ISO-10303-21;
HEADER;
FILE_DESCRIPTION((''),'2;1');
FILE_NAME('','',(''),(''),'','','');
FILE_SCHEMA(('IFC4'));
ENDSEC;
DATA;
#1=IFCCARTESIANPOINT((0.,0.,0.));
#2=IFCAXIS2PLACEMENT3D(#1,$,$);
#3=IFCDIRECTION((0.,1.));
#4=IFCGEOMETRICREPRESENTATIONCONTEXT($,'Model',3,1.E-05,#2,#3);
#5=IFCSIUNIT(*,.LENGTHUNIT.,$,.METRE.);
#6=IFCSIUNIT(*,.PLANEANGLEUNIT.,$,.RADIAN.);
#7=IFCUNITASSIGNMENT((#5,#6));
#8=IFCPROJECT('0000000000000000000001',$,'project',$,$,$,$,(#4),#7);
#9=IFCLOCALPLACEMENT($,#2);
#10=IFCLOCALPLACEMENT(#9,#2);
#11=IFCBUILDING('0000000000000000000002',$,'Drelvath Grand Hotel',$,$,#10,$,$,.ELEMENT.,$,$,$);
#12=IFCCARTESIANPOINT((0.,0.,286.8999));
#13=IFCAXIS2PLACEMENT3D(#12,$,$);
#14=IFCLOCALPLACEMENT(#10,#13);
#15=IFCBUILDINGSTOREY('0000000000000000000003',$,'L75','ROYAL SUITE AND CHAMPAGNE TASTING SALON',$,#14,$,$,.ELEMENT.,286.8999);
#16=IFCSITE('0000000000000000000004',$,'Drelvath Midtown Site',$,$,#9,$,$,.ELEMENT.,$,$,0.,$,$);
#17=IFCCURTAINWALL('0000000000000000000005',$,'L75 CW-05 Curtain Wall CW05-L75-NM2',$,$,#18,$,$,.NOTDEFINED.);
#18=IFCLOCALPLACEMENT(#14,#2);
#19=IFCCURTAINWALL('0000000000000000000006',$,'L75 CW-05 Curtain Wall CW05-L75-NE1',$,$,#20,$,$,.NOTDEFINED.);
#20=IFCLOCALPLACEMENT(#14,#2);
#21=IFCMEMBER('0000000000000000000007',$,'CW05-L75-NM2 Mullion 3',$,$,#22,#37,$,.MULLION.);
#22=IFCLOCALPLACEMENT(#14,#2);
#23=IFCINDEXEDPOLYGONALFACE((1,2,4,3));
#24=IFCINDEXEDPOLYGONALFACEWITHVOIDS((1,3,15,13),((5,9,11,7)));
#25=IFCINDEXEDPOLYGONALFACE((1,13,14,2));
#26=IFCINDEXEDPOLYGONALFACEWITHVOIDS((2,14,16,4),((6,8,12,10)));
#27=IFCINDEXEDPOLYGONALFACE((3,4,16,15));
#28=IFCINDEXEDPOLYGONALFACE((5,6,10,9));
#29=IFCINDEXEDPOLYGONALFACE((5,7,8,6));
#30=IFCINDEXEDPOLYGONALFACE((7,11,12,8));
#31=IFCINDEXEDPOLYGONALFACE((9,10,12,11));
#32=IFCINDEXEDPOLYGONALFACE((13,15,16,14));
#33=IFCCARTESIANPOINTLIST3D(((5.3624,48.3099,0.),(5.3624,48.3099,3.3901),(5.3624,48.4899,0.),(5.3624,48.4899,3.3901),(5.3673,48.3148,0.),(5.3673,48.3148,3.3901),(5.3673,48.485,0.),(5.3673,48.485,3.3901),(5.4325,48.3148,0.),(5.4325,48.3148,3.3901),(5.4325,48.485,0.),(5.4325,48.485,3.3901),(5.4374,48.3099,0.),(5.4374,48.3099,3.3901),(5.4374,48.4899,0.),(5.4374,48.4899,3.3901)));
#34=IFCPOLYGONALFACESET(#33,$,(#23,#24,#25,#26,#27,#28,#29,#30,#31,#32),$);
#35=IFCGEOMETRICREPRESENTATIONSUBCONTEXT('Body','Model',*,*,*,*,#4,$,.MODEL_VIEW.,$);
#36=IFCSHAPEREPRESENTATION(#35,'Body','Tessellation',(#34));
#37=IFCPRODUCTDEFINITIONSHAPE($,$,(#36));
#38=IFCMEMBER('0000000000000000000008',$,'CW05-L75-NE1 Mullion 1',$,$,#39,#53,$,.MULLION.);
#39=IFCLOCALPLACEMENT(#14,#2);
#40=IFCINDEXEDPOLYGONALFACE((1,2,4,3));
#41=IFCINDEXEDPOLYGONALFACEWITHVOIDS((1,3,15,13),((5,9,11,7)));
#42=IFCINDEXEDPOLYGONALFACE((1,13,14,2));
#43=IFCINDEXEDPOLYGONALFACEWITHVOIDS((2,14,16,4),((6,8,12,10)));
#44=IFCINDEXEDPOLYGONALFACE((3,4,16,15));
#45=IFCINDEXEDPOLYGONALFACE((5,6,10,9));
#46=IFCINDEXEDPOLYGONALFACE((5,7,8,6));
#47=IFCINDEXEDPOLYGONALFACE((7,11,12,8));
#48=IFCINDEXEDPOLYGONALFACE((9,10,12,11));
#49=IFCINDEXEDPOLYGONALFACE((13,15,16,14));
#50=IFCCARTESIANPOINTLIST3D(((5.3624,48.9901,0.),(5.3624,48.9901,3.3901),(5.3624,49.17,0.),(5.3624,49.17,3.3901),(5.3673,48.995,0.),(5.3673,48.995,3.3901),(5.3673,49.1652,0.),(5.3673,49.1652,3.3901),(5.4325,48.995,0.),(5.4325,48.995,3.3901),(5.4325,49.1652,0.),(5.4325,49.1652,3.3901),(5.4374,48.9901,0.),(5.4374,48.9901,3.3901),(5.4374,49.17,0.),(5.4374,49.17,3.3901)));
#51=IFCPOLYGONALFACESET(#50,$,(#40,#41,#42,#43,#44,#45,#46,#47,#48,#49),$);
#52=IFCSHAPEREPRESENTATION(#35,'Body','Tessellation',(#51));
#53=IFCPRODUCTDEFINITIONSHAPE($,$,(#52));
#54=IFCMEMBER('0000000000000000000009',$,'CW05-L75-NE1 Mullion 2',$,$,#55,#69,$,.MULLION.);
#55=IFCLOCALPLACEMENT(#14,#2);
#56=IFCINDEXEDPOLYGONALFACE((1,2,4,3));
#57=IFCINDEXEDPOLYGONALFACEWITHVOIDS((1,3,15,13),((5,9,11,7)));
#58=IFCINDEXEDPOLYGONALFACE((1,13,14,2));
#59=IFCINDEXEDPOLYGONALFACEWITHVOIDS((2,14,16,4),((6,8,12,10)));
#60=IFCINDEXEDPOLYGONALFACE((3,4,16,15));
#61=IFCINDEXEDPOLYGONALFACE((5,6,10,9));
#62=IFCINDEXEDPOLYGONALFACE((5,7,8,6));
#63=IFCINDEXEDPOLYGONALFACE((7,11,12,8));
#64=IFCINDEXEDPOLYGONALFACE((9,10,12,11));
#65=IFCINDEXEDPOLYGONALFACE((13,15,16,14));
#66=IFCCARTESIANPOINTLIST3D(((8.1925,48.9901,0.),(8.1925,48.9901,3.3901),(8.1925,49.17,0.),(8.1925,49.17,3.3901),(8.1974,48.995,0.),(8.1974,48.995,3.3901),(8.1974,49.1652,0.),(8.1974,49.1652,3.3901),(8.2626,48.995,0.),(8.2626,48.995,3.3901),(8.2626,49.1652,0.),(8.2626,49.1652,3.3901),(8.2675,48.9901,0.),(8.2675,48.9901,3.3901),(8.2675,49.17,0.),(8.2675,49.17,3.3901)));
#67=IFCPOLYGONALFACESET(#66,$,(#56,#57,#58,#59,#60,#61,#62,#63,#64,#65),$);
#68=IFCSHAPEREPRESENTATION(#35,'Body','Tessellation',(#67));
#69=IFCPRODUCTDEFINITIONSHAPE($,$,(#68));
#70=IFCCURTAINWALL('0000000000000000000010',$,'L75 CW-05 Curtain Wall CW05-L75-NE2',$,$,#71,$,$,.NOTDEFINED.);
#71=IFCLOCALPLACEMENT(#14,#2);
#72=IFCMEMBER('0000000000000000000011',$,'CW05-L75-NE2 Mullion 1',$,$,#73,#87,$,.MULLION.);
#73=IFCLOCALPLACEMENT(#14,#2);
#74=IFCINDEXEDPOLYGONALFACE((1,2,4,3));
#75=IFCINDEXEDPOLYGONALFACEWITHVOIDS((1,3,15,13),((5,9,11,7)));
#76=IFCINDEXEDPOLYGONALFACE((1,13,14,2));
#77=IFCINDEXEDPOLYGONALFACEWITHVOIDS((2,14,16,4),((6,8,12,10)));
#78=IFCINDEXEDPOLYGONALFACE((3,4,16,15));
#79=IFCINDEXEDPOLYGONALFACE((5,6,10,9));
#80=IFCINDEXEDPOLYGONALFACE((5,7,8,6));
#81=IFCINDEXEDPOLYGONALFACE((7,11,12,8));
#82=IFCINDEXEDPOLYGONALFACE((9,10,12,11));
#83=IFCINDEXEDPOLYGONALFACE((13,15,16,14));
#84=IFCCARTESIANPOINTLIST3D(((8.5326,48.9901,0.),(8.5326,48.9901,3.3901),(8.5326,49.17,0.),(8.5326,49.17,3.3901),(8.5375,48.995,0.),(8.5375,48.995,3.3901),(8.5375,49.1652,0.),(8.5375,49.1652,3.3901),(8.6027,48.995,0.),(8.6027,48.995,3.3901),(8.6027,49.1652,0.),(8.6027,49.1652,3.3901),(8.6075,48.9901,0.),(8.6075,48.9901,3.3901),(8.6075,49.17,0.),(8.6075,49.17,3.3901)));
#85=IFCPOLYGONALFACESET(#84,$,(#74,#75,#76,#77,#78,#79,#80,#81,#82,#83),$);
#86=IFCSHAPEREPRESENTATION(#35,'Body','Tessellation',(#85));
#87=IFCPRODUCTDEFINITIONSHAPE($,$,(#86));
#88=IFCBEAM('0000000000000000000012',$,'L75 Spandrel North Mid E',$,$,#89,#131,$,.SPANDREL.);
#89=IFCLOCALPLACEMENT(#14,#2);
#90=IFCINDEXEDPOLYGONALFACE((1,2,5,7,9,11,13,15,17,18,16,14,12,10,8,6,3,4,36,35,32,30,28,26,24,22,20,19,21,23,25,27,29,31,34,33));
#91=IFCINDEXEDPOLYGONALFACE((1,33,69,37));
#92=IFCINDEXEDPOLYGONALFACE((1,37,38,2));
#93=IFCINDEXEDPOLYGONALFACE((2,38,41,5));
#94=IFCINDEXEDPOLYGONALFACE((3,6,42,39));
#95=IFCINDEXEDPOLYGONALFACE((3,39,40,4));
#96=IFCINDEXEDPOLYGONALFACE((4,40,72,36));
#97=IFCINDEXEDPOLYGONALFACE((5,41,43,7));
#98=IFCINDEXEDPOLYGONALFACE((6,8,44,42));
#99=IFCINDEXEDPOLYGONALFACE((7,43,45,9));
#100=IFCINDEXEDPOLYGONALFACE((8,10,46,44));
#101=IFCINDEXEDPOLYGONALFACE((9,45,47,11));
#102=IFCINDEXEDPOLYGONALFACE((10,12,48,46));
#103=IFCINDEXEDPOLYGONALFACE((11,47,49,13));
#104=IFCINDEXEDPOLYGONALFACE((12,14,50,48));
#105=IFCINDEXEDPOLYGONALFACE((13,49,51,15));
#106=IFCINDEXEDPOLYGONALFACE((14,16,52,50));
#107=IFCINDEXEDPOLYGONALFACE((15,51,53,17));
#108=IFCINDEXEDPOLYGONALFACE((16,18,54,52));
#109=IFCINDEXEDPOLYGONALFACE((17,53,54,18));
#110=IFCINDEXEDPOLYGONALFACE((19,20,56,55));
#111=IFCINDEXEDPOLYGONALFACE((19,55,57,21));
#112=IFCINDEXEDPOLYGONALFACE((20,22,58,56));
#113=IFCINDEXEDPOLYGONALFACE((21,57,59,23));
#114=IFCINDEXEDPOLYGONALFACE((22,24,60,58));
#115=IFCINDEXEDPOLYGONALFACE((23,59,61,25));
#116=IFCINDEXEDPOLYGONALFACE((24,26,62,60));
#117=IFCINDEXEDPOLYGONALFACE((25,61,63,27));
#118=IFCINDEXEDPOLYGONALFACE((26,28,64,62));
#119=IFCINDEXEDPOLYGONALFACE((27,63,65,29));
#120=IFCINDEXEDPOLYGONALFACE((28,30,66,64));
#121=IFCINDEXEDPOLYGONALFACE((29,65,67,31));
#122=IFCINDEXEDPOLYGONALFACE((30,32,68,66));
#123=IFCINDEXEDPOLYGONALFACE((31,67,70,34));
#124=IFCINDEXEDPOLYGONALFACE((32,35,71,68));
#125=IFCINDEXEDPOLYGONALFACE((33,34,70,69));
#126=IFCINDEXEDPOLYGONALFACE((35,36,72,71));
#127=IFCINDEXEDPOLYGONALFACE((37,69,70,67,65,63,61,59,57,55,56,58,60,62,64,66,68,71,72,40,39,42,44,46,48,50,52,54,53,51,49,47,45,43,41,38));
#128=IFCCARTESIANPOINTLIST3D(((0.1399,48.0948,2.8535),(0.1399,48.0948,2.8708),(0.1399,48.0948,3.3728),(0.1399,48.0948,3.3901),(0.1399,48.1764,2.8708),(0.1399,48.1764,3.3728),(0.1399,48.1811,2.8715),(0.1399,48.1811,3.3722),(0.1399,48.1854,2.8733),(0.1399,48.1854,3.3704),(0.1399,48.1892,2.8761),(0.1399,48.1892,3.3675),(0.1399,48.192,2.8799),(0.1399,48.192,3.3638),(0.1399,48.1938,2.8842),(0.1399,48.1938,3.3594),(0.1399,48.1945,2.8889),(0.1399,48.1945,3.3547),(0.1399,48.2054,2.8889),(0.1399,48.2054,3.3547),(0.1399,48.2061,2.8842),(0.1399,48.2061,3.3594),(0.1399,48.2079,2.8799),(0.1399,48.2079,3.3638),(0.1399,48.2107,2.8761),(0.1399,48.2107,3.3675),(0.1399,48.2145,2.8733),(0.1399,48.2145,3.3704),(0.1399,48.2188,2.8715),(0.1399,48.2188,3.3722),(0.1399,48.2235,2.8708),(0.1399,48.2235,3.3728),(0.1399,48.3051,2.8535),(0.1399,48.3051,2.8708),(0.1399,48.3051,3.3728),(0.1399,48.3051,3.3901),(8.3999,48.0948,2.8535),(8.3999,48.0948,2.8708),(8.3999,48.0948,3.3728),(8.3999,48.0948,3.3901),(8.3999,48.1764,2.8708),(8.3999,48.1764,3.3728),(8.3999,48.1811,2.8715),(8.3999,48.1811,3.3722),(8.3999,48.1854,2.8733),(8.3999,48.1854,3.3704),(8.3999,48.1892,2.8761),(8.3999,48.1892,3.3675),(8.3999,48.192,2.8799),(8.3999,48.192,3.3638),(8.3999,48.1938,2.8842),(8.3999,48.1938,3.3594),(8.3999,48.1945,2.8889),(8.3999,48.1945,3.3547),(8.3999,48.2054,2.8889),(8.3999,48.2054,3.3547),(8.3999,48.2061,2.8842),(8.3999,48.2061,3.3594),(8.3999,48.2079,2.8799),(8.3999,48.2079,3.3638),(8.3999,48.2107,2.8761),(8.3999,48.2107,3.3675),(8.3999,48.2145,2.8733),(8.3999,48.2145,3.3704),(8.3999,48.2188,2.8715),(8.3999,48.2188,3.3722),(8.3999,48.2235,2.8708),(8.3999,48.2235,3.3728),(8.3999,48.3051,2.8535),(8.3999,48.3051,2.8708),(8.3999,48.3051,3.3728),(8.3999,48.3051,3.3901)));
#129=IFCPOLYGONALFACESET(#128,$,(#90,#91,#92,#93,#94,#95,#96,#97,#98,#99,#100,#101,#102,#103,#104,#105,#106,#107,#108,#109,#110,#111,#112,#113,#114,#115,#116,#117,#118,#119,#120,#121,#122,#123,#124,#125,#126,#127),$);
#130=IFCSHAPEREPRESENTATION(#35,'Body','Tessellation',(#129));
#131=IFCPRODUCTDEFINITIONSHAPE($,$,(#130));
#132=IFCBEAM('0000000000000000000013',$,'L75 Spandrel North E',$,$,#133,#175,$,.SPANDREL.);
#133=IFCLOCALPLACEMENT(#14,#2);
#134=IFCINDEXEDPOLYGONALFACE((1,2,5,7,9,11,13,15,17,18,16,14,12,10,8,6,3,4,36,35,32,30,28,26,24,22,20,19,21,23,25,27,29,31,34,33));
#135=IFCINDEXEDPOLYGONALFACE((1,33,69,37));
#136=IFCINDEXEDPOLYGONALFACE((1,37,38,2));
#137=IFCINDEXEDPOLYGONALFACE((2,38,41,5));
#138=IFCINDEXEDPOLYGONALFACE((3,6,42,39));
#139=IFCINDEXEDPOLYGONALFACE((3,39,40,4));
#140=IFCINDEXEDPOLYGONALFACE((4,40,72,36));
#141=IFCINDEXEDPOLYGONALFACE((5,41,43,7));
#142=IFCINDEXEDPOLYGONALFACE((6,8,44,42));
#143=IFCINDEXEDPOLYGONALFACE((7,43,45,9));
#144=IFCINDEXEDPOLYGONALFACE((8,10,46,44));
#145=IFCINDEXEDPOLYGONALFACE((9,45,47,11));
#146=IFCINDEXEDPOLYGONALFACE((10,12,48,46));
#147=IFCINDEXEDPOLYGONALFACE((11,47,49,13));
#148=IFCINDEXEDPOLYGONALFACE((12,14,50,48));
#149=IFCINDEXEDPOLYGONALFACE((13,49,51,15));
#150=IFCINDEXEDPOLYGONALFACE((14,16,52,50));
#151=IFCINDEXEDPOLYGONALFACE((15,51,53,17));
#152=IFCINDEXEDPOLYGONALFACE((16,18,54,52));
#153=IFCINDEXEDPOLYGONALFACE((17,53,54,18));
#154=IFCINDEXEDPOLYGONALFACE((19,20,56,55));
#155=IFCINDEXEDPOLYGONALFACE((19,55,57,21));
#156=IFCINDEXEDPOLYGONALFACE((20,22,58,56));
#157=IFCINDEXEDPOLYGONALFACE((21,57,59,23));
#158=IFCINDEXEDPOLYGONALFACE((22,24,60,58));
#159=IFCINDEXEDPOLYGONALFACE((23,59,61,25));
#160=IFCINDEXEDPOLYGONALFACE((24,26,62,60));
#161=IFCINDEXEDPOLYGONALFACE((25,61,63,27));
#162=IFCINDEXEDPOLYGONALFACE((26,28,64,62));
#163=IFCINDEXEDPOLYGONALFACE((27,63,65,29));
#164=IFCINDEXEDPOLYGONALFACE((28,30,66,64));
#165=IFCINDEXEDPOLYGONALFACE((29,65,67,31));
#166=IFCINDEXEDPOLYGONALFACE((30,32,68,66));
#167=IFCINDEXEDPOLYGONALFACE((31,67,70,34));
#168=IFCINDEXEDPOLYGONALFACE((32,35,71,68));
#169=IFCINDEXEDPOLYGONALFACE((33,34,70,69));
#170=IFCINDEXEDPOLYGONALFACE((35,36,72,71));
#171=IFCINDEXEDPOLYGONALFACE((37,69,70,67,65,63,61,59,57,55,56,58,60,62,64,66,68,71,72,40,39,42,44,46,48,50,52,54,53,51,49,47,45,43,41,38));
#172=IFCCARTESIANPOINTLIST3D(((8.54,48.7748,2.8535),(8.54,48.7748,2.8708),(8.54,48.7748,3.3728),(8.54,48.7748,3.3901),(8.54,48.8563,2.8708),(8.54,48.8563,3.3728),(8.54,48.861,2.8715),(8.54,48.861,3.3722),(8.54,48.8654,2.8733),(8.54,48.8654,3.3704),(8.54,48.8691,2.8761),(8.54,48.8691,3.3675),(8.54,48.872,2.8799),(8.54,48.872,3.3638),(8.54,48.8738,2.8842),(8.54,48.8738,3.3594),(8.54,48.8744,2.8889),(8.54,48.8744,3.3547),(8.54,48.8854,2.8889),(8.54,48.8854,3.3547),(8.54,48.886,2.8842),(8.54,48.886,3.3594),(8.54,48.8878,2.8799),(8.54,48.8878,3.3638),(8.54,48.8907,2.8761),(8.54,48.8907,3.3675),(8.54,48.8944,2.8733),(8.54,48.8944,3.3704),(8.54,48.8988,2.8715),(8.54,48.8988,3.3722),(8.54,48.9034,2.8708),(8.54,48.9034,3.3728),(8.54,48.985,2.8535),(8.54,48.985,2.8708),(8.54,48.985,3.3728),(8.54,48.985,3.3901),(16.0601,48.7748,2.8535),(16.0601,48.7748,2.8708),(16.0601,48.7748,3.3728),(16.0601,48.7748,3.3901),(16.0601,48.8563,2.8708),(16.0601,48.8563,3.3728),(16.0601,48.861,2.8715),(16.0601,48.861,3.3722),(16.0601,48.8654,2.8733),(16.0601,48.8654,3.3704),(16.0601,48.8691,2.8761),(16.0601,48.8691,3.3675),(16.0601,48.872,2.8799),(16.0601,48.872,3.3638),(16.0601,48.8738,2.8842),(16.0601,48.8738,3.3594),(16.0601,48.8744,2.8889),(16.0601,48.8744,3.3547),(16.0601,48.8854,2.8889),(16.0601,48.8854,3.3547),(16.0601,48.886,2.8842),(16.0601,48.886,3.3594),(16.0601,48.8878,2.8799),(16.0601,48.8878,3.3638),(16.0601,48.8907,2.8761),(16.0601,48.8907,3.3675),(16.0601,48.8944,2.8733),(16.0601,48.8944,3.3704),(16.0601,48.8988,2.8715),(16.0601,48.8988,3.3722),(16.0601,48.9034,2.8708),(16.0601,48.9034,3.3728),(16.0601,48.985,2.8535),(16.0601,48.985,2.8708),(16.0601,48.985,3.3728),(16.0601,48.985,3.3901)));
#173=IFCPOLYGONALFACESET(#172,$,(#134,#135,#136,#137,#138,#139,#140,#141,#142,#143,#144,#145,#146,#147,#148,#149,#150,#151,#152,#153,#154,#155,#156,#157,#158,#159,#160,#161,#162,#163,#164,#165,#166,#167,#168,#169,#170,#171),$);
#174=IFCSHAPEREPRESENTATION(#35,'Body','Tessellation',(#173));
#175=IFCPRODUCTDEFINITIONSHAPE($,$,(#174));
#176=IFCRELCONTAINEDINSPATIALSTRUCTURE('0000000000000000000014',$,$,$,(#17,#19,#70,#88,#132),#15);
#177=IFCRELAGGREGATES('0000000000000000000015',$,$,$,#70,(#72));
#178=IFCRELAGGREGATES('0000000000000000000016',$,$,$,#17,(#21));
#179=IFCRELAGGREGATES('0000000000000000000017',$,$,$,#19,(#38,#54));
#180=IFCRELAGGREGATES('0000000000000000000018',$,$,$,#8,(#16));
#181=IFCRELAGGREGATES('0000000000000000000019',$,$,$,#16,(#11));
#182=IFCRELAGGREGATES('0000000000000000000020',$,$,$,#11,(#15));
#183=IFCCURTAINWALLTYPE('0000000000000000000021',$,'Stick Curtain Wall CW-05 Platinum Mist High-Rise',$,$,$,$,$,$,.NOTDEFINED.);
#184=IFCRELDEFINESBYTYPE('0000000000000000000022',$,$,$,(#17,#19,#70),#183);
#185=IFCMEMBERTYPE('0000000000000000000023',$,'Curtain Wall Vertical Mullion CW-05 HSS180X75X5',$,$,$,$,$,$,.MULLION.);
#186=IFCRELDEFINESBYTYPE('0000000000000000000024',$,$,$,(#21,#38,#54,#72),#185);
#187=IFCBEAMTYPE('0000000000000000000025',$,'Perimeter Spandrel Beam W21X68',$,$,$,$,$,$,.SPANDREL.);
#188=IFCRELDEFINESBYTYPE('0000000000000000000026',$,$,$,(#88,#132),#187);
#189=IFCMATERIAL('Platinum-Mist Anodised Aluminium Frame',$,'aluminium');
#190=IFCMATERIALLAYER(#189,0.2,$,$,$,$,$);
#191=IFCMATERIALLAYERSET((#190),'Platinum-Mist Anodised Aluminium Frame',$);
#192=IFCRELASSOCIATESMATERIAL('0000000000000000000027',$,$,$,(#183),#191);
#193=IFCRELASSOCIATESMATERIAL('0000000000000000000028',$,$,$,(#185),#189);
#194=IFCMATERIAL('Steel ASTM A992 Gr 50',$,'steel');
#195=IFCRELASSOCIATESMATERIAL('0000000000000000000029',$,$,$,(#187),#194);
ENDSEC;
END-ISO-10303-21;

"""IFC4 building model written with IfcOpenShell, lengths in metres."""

from ifc_helpers import new_model, si_unit, direction, frame, origin, origin_2d, place, context, subcontext, project, spatial, hollow_rectangle, i_section, extrude, material, layer, layer_set, material_profile, profile_set, type_object, element, aggregate, save


model = new_model("IFC4")

# Units and contexts
model_context = context("Model", 3, precision=1e-05, world=origin(), true_north=direction((0.0, 1.0)))
body_context = subcontext(model_context, "Body", "Model", "MODEL_VIEW")
ifc_project = project(units=[si_unit("LENGTHUNIT", "METRE"), si_unit("PLANEANGLEUNIT", "RADIAN")], contexts=[model_context])

# Site, building, storey
site_placement = place(None, origin())
site = spatial("IfcSite", under=ifc_project, at=site_placement, Name="Drelvath Midtown Site", CompositionType="ELEMENT", RefElevation=0.0)
building_placement = place(site_placement, origin())
building = spatial("IfcBuilding", under=site, at=building_placement, Name="Drelvath Grand Hotel", CompositionType="ELEMENT")
storey_placement = place(building_placement, frame((0.0, 0.0, 286.8999)))
storey = spatial("IfcBuildingStorey", under=building, at=storey_placement, Name="L75", Description="ROYAL SUITE AND CHAMPAGNE TASTING SALON", CompositionType="ELEMENT", Elevation=286.8999)

# Curtain walls
ifc_material_1 = material(Name="Platinum-Mist Anodised Aluminium Frame", Category="aluminium")
ifc_layer_1 = layer(ifc_material_1, 0.2)
ifc_layer_set_1 = layer_set([ifc_layer_1], Name="Platinum-Mist Anodised Aluminium Frame")
curtain_wall_type = type_object("IfcCurtainWallType", Name="Stick Curtain Wall CW-05 Platinum Mist High-Rise", PredefinedType="NOTDEFINED", material=ifc_layer_set_1)
curtain_wall_1_placement = place(storey_placement, origin())
curtain_wall_1 = element("IfcCurtainWall", 1, at=curtain_wall_1_placement, inside=storey, type_object=curtain_wall_type, Name="L75 CW-05 Curtain Wall CW05-L75-NM2", PredefinedType="NOTDEFINED")
curtain_wall_2_placement = place(storey_placement, origin())
curtain_wall_2 = element("IfcCurtainWall", 2, at=curtain_wall_2_placement, inside=storey, type_object=curtain_wall_type, Name="L75 CW-05 Curtain Wall CW05-L75-NE1", PredefinedType="NOTDEFINED")
ifc_material_profile_1 = material_profile(ifc_material_1, hollow_rectangle(XDim=0.075, YDim=0.1799, WallThickness=0.0049, at=origin_2d()), Name="HSS180X75X5")
ifc_profile_set_1 = profile_set([ifc_material_profile_1], Name="Platinum-Mist Anodised Aluminium Frame")
member_type_1 = type_object("IfcMemberType", Name="Curtain Wall Vertical Mullion CW-05 HSS180X75X5", PredefinedType="MULLION", material=ifc_profile_set_1)

# Members
member_1_placement = place(storey_placement, frame((5.3999, 48.3999, 0.0), z_axis=(0.0, 0.0, 1.0), x_axis=(1.0, 0.0, 0.0)))
member_1 = element("IfcMember", 3, at=member_1_placement, type_object=member_type_1, Name="CW05-L75-NM2 Mullion 3", PredefinedType="MULLION", context=body_context, shape_type="SweptSolid", body=[
    extrude(hollow_rectangle(XDim=0.075, YDim=0.1799, WallThickness=0.0049, at=origin_2d()), origin(), (0.0, 0.0, 1.0), 3.3901),
])
member_2_placement = place(storey_placement, frame((5.3999, 49.0801, 0.0), z_axis=(0.0, 0.0, 1.0), x_axis=(1.0, 0.0, 0.0)))
member_2 = element("IfcMember", 4, at=member_2_placement, type_object=member_type_1, Name="CW05-L75-NE1 Mullion 1", PredefinedType="MULLION", context=body_context, shape_type="SweptSolid", body=[
    extrude(hollow_rectangle(XDim=0.075, YDim=0.1799, WallThickness=0.0049, at=origin_2d()), origin(), (0.0, 0.0, 1.0), 3.3901),
])
member_3_placement = place(storey_placement, frame((8.23, 49.0801, 0.0), z_axis=(0.0, 0.0, 1.0), x_axis=(1.0, 0.0, 0.0)))
member_3 = element("IfcMember", 5, at=member_3_placement, type_object=member_type_1, Name="CW05-L75-NE1 Mullion 2", PredefinedType="MULLION", context=body_context, shape_type="SweptSolid", body=[
    extrude(hollow_rectangle(XDim=0.075, YDim=0.1799, WallThickness=0.0049, at=origin_2d()), origin(), (0.0, 0.0, 1.0), 3.3901),
])

# Curtain wall, member
curtain_wall_3_placement = place(storey_placement, origin())
curtain_wall_3 = element("IfcCurtainWall", 6, at=curtain_wall_3_placement, inside=storey, type_object=curtain_wall_type, Name="L75 CW-05 Curtain Wall CW05-L75-NE2", PredefinedType="NOTDEFINED")
member_4_placement = place(storey_placement, frame((8.5701, 49.0801, 0.0), z_axis=(0.0, 0.0, 1.0), x_axis=(1.0, 0.0, 0.0)))
member_4 = element("IfcMember", 7, at=member_4_placement, type_object=member_type_1, Name="CW05-L75-NE2 Mullion 1", PredefinedType="MULLION", context=body_context, shape_type="SweptSolid", body=[
    extrude(hollow_rectangle(XDim=0.075, YDim=0.1799, WallThickness=0.0049, at=origin_2d()), origin(), (0.0, 0.0, 1.0), 3.3901),
])
aggregate(curtain_wall_3, [member_4])

# Beams
ifc_material_2 = material(Name="Steel ASTM A992 Gr 50", Category="steel")
ifc_material_profile_2 = material_profile(ifc_material_2, i_section(OverallWidth=0.2102, OverallDepth=0.5366, WebThickness=0.011, FlangeThickness=0.0173, FilletRadius=0.0181, at=origin_2d()), Name="W21X68")
ifc_profile_set_2 = profile_set([ifc_material_profile_2], Name="Steel ASTM A992 Gr 50")
beam_type_1 = type_object("IfcBeamType", Name="Perimeter Spandrel Beam W21X68", PredefinedType="SPANDREL", material=ifc_profile_set_2)
beam_1_placement = place(storey_placement, frame((0.1399, 48.2, 3.1218), z_axis=(1.0, 0.0, 0.0), x_axis=(0.0, 1.0, 0.0)))
element("IfcBeam", 8, at=beam_1_placement, inside=storey, type_object=beam_type_1, Name="L75 Spandrel North Mid E", PredefinedType="SPANDREL", context=body_context, shape_type="SweptSolid", body=[
    extrude(i_section(OverallWidth=0.2102, OverallDepth=0.5366, WebThickness=0.011, FlangeThickness=0.0173, FilletRadius=0.0181, at=origin_2d()), origin(), (0.0, 0.0, 1.0), 8.26),
])
beam_2_placement = place(storey_placement, frame((8.54, 48.8799, 3.1218), z_axis=(1.0, 0.0, 0.0), x_axis=(0.0, 1.0, 0.0)))
element("IfcBeam", 9, at=beam_2_placement, inside=storey, type_object=beam_type_1, Name="L75 Spandrel North E", PredefinedType="SPANDREL", context=body_context, shape_type="SweptSolid", body=[
    extrude(i_section(OverallWidth=0.2102, OverallDepth=0.5366, WebThickness=0.011, FlangeThickness=0.0173, FilletRadius=0.0181, at=origin_2d()), origin(), (0.0, 0.0, 1.0), 7.52),
])

aggregate(curtain_wall_1, [member_1])
aggregate(curtain_wall_2, [member_2, member_3])

save(model, "model.ifc")
